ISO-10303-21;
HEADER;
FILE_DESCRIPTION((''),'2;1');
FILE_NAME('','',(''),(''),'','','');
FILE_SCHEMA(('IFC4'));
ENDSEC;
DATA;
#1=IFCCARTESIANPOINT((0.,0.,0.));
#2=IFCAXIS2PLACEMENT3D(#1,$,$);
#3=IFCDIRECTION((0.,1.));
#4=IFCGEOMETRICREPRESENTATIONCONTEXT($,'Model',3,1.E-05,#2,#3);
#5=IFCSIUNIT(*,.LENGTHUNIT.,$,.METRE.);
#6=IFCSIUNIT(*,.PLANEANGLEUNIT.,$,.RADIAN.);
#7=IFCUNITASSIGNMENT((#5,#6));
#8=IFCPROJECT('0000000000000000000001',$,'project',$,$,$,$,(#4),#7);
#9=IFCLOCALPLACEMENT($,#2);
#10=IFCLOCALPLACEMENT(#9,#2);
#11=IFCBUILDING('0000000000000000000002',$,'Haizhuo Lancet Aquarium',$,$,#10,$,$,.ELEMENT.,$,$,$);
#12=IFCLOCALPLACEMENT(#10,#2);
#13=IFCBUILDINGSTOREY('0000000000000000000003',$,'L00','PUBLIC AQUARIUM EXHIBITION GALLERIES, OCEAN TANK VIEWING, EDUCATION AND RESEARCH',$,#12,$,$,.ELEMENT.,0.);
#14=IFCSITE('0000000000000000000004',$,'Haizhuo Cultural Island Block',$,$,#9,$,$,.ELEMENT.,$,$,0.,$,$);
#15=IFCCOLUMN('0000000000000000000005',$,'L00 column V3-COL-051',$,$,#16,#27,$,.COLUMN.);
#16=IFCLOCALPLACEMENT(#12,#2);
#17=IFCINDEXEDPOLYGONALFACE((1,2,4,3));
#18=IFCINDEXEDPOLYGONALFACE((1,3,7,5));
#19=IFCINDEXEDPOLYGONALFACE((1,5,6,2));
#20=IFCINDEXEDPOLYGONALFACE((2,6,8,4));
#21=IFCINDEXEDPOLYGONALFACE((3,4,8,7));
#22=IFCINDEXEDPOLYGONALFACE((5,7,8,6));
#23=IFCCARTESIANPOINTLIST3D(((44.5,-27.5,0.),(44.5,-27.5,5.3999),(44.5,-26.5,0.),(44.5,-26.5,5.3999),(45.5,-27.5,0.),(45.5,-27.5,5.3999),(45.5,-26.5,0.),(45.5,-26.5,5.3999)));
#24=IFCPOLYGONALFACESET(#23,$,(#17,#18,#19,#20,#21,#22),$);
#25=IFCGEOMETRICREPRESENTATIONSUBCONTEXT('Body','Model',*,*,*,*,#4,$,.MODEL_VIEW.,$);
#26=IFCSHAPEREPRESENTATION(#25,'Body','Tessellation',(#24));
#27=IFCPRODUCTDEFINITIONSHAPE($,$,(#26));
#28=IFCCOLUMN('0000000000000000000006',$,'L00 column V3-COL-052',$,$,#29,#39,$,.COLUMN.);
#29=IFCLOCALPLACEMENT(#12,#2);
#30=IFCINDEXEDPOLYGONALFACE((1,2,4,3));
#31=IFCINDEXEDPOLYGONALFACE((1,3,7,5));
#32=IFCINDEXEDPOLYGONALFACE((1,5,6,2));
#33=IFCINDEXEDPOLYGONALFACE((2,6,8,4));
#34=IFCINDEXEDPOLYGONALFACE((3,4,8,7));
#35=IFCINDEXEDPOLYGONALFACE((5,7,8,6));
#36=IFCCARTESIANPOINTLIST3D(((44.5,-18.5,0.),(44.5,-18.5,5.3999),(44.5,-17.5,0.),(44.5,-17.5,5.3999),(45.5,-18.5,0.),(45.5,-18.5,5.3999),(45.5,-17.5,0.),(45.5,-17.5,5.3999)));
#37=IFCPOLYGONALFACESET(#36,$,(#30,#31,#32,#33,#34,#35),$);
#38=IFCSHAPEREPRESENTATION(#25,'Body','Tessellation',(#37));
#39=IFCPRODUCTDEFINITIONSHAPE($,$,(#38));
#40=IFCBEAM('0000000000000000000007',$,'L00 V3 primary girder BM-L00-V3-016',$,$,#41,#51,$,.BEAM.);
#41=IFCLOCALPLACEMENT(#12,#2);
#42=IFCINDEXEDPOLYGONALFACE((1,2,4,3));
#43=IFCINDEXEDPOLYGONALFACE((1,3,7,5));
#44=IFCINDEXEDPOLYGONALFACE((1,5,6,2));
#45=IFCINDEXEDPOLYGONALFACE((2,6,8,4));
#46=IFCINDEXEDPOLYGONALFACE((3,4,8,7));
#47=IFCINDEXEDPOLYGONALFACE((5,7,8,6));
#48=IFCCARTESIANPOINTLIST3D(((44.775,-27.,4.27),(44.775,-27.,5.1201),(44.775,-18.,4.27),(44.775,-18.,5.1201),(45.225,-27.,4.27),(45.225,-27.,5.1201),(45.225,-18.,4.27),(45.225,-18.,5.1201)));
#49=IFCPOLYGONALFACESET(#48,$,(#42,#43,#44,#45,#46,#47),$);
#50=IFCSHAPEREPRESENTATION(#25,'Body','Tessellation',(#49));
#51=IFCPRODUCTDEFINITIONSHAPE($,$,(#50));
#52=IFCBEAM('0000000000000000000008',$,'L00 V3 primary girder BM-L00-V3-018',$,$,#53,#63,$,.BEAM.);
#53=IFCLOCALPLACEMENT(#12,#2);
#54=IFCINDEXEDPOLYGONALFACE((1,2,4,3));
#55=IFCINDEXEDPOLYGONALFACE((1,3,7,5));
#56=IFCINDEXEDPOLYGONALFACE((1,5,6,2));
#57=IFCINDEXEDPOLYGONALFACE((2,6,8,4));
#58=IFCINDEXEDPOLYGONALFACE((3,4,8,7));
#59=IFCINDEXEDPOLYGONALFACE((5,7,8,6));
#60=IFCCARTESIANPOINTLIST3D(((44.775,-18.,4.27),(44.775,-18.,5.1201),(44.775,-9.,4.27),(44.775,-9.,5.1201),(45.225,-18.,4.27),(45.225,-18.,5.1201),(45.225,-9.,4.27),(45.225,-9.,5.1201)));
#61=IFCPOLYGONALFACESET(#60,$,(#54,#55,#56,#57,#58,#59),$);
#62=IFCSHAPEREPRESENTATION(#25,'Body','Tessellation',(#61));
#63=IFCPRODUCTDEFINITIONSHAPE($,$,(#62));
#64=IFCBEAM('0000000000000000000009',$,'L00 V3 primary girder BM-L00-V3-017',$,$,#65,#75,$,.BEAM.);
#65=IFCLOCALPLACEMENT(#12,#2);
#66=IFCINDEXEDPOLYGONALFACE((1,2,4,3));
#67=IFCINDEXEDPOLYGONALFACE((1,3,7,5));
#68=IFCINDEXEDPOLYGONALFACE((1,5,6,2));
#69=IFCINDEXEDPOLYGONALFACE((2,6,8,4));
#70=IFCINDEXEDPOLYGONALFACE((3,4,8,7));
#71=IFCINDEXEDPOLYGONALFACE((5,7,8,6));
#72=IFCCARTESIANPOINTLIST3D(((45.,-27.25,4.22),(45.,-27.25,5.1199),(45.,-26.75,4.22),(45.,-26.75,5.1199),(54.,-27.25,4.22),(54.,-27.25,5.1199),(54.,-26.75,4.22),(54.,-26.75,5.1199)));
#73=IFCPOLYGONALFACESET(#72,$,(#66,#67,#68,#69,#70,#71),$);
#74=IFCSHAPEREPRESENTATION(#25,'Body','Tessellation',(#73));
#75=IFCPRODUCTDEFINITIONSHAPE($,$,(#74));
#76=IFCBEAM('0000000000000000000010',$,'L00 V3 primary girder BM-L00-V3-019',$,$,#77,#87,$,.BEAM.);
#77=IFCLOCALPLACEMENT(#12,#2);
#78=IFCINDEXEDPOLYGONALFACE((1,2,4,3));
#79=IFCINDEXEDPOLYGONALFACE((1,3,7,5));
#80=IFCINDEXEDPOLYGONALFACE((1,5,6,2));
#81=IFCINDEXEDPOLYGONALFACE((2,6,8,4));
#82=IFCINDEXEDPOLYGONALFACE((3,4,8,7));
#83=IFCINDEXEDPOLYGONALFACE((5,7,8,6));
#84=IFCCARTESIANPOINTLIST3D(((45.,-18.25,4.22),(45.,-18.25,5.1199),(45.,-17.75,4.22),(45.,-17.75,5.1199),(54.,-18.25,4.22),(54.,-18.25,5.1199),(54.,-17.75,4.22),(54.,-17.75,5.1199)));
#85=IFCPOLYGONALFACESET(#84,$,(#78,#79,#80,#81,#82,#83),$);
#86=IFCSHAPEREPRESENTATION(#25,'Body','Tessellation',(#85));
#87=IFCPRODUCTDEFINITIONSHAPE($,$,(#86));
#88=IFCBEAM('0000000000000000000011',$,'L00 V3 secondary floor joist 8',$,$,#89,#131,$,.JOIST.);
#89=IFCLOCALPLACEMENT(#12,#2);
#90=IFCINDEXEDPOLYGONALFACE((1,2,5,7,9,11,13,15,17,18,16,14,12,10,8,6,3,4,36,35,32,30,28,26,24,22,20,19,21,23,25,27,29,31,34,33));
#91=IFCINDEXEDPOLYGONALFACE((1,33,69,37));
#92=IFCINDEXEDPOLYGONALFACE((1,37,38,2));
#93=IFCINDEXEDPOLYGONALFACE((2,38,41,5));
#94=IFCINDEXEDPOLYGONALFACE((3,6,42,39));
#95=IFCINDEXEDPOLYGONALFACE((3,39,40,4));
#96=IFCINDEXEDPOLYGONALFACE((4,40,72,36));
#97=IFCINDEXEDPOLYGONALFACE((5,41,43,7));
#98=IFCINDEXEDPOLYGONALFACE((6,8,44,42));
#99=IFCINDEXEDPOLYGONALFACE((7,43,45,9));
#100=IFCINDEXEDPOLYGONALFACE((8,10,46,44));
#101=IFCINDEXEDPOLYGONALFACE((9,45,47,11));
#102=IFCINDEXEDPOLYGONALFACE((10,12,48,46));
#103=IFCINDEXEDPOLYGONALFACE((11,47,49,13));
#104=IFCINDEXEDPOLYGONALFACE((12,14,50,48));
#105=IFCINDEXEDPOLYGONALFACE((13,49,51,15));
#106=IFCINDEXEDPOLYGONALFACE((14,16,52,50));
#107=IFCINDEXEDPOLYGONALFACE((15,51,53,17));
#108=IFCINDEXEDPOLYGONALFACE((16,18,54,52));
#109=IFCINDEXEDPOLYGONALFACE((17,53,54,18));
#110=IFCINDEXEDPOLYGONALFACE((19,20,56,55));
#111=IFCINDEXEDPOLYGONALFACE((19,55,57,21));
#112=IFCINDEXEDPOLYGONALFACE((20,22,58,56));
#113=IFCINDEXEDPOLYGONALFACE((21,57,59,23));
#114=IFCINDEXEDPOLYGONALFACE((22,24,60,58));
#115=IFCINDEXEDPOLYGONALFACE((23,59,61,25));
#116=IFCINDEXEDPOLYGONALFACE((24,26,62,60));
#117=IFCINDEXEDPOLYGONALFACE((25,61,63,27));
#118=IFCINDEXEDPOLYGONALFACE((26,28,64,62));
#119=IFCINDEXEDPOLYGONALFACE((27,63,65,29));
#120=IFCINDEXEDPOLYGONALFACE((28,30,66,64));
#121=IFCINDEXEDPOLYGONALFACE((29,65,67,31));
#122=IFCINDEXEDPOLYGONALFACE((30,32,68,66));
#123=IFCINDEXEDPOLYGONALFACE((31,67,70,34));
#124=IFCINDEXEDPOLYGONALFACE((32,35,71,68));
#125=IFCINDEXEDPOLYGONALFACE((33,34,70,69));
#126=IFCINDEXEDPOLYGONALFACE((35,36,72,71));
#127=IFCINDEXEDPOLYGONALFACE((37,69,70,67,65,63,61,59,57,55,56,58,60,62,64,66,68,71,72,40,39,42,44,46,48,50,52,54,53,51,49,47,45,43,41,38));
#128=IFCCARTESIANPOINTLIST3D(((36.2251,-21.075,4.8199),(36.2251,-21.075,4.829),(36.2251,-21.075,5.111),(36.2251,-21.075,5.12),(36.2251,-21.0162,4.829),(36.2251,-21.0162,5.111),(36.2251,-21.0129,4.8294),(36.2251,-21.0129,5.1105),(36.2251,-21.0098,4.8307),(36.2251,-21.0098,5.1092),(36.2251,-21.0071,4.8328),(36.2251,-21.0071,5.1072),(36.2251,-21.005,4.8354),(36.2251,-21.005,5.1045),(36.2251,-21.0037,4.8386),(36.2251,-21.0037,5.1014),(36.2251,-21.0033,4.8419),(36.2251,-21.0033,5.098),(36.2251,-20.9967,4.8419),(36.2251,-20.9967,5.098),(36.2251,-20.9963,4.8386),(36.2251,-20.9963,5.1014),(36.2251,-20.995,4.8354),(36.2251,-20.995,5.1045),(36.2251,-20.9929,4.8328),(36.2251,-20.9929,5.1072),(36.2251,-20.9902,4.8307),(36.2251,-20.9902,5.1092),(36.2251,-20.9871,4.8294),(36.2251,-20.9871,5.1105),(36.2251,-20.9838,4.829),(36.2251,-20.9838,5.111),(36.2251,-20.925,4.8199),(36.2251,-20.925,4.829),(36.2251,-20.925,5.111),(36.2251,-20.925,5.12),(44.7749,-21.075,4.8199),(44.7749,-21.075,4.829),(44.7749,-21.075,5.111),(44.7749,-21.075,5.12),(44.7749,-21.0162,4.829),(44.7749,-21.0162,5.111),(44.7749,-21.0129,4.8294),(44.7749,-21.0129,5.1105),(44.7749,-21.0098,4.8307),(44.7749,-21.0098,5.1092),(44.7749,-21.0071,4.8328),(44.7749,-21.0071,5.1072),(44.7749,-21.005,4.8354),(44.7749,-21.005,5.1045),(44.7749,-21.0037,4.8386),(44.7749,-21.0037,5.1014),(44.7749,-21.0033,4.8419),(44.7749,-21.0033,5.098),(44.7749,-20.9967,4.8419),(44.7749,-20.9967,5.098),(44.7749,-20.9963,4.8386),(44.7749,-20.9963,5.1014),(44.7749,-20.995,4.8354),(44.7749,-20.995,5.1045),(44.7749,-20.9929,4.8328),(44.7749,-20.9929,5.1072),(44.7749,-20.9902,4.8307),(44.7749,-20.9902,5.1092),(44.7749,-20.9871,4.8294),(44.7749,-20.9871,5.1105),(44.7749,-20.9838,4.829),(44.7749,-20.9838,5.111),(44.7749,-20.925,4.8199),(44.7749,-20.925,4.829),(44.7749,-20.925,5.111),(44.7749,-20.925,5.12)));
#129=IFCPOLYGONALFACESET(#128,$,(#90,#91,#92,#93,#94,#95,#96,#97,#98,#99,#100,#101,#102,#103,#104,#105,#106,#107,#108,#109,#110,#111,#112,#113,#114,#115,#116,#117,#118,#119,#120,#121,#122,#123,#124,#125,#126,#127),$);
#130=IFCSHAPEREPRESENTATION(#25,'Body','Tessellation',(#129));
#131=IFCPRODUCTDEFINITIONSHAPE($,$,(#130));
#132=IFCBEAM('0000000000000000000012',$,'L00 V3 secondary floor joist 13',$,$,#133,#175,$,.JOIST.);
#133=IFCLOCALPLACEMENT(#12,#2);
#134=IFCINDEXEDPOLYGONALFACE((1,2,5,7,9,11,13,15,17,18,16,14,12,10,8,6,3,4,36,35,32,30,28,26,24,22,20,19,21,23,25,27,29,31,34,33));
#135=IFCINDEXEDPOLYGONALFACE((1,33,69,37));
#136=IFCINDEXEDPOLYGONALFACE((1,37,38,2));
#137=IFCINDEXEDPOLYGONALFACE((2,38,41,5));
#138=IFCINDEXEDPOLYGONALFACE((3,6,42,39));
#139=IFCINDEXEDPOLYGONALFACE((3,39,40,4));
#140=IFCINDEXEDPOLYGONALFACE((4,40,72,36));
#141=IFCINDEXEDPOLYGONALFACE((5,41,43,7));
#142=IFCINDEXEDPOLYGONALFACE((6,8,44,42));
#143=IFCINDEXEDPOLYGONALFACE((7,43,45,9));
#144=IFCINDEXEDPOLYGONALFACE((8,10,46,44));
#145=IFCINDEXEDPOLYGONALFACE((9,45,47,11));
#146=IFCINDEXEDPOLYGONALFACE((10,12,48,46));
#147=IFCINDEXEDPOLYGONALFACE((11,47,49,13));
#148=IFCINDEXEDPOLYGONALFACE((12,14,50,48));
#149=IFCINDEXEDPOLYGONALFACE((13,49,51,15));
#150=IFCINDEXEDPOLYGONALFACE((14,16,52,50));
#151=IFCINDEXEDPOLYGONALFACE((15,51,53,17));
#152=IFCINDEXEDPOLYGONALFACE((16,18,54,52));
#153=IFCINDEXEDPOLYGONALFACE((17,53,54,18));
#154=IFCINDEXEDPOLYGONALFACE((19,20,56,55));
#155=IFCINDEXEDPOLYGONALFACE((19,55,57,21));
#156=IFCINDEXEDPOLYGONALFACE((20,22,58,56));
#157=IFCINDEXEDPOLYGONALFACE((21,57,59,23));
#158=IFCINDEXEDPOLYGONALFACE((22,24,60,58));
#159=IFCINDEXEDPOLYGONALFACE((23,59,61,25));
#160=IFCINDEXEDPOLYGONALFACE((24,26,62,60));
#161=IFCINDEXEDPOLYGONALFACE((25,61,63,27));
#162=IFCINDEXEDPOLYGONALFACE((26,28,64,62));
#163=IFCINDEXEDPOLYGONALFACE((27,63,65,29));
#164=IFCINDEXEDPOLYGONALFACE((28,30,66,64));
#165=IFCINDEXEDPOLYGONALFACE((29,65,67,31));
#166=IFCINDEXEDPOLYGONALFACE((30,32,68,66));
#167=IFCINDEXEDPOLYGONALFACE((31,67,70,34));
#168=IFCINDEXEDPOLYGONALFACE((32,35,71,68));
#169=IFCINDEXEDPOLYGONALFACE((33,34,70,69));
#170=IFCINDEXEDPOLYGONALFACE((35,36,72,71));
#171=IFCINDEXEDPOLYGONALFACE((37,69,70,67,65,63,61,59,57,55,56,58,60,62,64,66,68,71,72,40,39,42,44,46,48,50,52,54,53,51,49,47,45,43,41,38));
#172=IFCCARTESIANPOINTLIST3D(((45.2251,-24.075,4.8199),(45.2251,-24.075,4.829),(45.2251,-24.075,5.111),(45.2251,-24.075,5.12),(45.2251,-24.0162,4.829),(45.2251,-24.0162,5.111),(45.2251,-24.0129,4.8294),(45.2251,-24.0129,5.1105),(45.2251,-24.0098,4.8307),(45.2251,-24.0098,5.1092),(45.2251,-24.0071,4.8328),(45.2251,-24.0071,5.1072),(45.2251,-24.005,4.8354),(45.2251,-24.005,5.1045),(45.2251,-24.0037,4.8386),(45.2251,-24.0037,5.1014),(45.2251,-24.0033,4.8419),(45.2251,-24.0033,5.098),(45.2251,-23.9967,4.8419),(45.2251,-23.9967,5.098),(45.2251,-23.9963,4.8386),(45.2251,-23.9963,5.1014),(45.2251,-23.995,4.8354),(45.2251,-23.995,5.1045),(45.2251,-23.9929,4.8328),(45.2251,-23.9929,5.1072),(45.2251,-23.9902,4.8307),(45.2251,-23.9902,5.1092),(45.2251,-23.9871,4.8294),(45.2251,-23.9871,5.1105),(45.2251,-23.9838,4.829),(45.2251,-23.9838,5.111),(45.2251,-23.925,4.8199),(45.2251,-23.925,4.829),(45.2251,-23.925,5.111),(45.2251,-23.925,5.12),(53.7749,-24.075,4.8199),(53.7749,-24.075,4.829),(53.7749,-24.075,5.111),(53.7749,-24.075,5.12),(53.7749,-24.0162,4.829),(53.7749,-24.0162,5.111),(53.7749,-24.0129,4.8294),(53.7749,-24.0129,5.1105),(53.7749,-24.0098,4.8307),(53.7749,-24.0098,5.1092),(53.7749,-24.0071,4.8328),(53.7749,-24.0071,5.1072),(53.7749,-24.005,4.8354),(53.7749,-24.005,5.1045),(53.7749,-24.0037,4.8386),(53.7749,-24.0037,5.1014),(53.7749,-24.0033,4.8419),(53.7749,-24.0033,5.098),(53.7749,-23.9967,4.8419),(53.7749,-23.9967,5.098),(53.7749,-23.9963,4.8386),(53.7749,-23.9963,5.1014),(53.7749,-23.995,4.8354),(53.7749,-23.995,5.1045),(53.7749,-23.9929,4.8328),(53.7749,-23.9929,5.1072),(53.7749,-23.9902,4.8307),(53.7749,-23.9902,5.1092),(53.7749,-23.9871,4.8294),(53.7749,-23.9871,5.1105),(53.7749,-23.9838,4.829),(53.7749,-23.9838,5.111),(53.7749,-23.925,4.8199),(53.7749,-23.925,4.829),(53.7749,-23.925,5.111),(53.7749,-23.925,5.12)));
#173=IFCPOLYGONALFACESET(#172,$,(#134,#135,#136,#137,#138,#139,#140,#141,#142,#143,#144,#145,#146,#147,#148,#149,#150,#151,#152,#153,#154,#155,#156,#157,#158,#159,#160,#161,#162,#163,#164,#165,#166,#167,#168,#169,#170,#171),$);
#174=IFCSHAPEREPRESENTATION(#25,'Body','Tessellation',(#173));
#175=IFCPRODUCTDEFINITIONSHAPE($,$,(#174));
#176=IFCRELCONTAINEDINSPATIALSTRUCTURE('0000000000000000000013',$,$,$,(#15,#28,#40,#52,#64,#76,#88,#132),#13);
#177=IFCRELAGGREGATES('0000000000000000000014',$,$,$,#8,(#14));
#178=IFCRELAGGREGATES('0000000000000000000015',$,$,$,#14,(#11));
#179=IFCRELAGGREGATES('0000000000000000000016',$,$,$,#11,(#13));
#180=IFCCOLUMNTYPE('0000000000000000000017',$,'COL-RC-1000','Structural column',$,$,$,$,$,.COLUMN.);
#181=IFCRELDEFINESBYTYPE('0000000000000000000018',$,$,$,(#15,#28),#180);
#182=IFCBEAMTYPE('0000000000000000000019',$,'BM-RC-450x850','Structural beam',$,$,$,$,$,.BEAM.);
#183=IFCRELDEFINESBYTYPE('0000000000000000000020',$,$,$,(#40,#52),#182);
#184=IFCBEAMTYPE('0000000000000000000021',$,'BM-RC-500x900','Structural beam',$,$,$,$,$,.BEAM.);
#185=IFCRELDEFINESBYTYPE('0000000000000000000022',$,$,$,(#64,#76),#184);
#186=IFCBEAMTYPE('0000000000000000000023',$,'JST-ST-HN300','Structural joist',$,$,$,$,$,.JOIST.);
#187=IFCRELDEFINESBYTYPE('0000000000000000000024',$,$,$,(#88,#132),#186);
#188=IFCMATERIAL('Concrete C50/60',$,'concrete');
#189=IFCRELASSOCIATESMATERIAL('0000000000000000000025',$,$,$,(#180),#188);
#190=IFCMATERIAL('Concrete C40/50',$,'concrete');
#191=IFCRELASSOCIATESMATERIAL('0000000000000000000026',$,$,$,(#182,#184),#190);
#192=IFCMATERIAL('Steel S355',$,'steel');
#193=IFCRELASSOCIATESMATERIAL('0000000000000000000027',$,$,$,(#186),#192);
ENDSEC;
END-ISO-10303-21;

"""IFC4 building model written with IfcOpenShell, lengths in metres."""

from ifc_helpers import new_model, si_unit, direction, frame, origin, origin_2d, place, context, subcontext, project, spatial, rectangle, i_section, extrude, material, material_profile, profile_set, type_object, element, save


model = new_model("IFC4")

# Units and contexts
model_context = context("Model", 3, precision=1e-05, world=origin(), true_north=direction((0.0, 1.0)))
body_context = subcontext(model_context, "Body", "Model", "MODEL_VIEW")
ifc_project = project(units=[si_unit("LENGTHUNIT", "METRE"), si_unit("PLANEANGLEUNIT", "RADIAN")], contexts=[model_context])

# Site, building, storey
site_placement = place(None, origin())
site = spatial("IfcSite", under=ifc_project, at=site_placement, Name="Haizhuo Cultural Island Block", CompositionType="ELEMENT", RefElevation=0.0)
building_placement = place(site_placement, origin())
building = spatial("IfcBuilding", under=site, at=building_placement, Name="Haizhuo Lancet Aquarium", CompositionType="ELEMENT")
storey_placement = place(building_placement, origin())
storey = spatial("IfcBuildingStorey", under=building, at=storey_placement, Name="L00", Description="PUBLIC AQUARIUM EXHIBITION GALLERIES, OCEAN TANK VIEWING, EDUCATION AND RESEARCH", CompositionType="ELEMENT", Elevation=0.0)

# Columns
ifc_material_1 = material(Name="Concrete C50/60", Category="concrete")
ifc_material_profile_1 = material_profile(ifc_material_1, rectangle(XDim=1.0, YDim=1.0, at=origin_2d()), Name="RC-COL 1000x1000")
ifc_profile_set_1 = profile_set([ifc_material_profile_1], Name="Concrete C50/60")
column_type = type_object("IfcColumnType", Name="COL-RC-1000", Description="Structural column", PredefinedType="COLUMN", material=ifc_profile_set_1)
for number, where, z_axis, x_axis, name in (
    (1, (45.0, -27.0, 0.0), (0.0, 0.0, 1.0), (1.0, 0.0, 0.0), "L00 column V3-COL-051"),
    (2, (45.0, -18.0, 0.0), (0.0, 0.0, 1.0), (1.0, 0.0, 0.0), "L00 column V3-COL-052"),
):
    element("IfcColumn", number, at=place(storey_placement, frame(where, z_axis=z_axis, x_axis=x_axis)), inside=storey, type_object=column_type, Name=name, PredefinedType="COLUMN", context=body_context, shape_type="SweptSolid", body=[
        extrude(rectangle(XDim=1.0, YDim=1.0, at=origin_2d()), origin(), (0.0, 0.0, 1.0), 5.3999),
    ])

# Beams
ifc_material_2 = material(Name="Concrete C40/50", Category="concrete")
ifc_material_profile_2 = material_profile(ifc_material_2, rectangle(XDim=0.45, YDim=0.8501, at=origin_2d()), Name="RC-BM 450x850")
ifc_profile_set_2 = profile_set([ifc_material_profile_2], Name="Concrete C40/50")
beam_type_1 = type_object("IfcBeamType", Name="BM-RC-450x850", Description="Structural beam", PredefinedType="BEAM", material=ifc_profile_set_2)
for number, where, z_axis, x_axis, name in (
    (3, (45.0, -27.0, 4.6951), (0.0, 1.0, 0.0), (-1.0, 0.0, 0.0), "L00 V3 primary girder BM-L00-V3-016"),
    (4, (45.0, -18.0, 4.6951), (0.0, 1.0, 0.0), (-1.0, 0.0, 0.0), "L00 V3 primary girder BM-L00-V3-018"),
):
    element("IfcBeam", number, at=place(storey_placement, frame(where, z_axis=z_axis, x_axis=x_axis)), inside=storey, type_object=beam_type_1, Name=name, PredefinedType="BEAM", context=body_context, shape_type="SweptSolid", body=[
        extrude(rectangle(XDim=0.45, YDim=0.8501, at=origin_2d()), origin(), (0.0, 0.0, 1.0), 9.0),
    ])
ifc_material_profile_3 = material_profile(ifc_material_2, rectangle(XDim=0.5, YDim=0.8999, at=origin_2d()), Name="RC-BM 500x900")
ifc_profile_set_3 = profile_set([ifc_material_profile_3], Name="Concrete C40/50")
beam_type_2 = type_object("IfcBeamType", Name="BM-RC-500x900", Description="Structural beam", PredefinedType="BEAM", material=ifc_profile_set_3)
for number, where, z_axis, x_axis, name in (
    (5, (45.0, -27.0, 4.6699), (1.0, 0.0, 0.0), (0.0, 1.0, 0.0), "L00 V3 primary girder BM-L00-V3-017"),
    (6, (45.0, -18.0, 4.6699), (1.0, 0.0, 0.0), (0.0, 1.0, 0.0), "L00 V3 primary girder BM-L00-V3-019"),
):
    element("IfcBeam", number, at=place(storey_placement, frame(where, z_axis=z_axis, x_axis=x_axis)), inside=storey, type_object=beam_type_2, Name=name, PredefinedType="BEAM", context=body_context, shape_type="SweptSolid", body=[
        extrude(rectangle(XDim=0.5, YDim=0.8999, at=origin_2d()), origin(), (0.0, 0.0, 1.0), 9.0),
    ])
ifc_material_3 = material(Name="Steel S355", Category="steel")
ifc_material_profile_4 = material_profile(ifc_material_3, i_section(OverallWidth=0.1499, OverallDepth=0.3, WebThickness=0.0066, FlangeThickness=0.009, FilletRadius=0.0129, at=origin_2d()), Name="HN 300x150x6.5x9")
ifc_profile_set_4 = profile_set([ifc_material_profile_4], Name="Steel S355")
beam_type_3 = type_object("IfcBeamType", Name="JST-ST-HN300", Description="Structural joist", PredefinedType="JOIST", material=ifc_profile_set_4)
for number, where, z_axis, x_axis, name in (
    (7, (36.2251, -21.0, 4.97), (1.0, 0.0, 0.0), (0.0, 1.0, 0.0), "L00 V3 secondary floor joist 8"),
    (8, (45.2251, -24.0, 4.97), (1.0, 0.0, 0.0), (0.0, 1.0, 0.0), "L00 V3 secondary floor joist 13"),
):
    element("IfcBeam", number, at=place(storey_placement, frame(where, z_axis=z_axis, x_axis=x_axis)), inside=storey, type_object=beam_type_3, Name=name, PredefinedType="JOIST", context=body_context, shape_type="SweptSolid", body=[
        extrude(i_section(OverallWidth=0.1499, OverallDepth=0.3, WebThickness=0.0066, FlangeThickness=0.009, FilletRadius=0.0129, at=origin_2d()), origin(), (0.0, 0.0, 1.0), 8.5498),
    ])

save(model, "model.ifc")
